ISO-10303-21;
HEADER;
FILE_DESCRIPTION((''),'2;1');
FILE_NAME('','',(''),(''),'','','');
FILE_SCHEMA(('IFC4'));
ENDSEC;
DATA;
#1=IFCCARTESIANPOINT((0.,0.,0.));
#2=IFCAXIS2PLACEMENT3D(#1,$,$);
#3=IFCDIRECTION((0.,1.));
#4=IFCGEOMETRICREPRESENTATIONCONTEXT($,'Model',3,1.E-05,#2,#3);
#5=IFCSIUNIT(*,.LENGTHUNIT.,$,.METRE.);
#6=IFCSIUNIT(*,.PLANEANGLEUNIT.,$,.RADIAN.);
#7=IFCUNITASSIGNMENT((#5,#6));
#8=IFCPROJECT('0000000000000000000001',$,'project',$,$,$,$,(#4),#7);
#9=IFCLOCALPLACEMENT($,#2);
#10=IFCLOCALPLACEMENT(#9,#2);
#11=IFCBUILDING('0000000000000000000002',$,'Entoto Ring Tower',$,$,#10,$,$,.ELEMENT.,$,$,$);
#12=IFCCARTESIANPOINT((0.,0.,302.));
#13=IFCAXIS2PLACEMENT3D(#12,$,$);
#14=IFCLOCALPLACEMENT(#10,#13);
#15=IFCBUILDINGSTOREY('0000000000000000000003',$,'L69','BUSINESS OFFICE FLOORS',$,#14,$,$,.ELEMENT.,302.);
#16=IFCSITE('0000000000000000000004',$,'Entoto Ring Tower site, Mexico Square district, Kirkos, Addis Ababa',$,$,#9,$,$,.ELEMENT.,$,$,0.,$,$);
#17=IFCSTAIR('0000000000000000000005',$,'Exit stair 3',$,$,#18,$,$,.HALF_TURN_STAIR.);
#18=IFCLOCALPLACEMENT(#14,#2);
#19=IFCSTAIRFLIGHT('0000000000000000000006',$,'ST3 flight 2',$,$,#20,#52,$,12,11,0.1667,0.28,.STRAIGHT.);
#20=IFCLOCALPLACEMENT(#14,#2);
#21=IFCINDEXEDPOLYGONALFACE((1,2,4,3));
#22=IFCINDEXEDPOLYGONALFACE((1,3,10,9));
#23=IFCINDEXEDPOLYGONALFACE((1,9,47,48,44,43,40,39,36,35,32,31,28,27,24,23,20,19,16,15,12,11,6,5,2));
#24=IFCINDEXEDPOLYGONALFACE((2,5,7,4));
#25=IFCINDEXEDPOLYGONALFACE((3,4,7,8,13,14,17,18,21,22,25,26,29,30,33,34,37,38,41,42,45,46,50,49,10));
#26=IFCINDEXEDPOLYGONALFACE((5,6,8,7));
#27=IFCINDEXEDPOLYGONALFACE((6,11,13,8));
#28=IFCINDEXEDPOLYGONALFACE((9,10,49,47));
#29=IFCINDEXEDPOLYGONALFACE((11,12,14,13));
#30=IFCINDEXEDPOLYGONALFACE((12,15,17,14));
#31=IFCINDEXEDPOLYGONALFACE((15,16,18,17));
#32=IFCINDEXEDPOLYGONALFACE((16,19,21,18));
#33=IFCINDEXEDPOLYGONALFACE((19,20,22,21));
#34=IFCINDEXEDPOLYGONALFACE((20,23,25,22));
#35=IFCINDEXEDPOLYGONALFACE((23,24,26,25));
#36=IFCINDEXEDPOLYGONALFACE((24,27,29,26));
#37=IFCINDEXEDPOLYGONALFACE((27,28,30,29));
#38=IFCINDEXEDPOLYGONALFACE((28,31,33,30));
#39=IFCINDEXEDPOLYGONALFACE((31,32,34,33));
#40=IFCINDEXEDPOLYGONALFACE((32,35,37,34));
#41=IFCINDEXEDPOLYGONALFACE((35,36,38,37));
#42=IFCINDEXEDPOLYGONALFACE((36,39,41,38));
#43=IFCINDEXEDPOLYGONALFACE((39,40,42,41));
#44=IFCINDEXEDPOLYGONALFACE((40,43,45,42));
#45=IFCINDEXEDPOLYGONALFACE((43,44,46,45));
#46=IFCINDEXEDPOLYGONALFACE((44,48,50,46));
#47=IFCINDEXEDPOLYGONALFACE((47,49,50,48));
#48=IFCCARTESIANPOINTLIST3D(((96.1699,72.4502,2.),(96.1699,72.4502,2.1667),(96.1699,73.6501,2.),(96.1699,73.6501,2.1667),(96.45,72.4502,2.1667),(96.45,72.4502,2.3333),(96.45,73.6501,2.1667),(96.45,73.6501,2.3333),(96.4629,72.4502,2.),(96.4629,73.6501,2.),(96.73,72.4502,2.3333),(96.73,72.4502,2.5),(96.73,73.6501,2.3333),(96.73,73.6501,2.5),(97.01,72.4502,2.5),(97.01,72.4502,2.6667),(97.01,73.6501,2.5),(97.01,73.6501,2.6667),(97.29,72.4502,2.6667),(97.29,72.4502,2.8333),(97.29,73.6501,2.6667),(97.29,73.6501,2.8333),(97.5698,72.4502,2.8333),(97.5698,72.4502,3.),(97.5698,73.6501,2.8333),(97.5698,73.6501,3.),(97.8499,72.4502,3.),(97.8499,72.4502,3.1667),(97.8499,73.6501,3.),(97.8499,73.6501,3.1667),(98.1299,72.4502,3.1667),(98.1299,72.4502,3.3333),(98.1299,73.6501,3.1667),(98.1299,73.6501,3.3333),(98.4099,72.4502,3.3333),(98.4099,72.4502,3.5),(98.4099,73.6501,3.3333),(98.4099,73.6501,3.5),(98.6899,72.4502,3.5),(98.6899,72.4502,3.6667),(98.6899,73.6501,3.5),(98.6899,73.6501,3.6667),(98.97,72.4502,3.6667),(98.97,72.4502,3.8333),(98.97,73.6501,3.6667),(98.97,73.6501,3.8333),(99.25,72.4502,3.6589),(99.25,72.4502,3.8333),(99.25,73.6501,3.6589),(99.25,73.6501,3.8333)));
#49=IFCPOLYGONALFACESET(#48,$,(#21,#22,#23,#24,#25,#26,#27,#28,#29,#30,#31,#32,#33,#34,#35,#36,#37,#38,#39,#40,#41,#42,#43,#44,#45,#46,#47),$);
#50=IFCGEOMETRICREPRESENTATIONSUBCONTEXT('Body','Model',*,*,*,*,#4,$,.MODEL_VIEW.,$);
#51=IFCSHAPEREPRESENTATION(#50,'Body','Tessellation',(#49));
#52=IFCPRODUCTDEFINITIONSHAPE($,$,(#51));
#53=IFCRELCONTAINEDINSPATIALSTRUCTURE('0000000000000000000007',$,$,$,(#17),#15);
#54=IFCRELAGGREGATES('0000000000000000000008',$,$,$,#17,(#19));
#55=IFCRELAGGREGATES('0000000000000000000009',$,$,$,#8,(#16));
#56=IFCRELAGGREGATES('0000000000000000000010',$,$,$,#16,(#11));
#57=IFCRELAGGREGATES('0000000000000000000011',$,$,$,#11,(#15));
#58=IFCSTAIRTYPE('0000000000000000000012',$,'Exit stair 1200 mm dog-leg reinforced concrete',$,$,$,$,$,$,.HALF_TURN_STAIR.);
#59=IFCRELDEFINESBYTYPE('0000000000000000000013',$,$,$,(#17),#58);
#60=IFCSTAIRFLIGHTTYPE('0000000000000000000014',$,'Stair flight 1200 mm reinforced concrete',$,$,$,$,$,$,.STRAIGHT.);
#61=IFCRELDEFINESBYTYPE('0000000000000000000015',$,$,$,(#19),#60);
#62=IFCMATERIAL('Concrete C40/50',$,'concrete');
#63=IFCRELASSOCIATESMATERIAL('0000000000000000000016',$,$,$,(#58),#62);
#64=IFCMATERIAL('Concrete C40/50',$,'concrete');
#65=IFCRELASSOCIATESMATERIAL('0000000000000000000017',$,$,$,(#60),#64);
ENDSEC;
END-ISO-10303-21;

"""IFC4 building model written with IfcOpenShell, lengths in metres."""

from ifc_helpers import new_model, si_unit, direction, frame, origin, place, context, subcontext, project, spatial, polyline, outline, extrude, material, type_object, element, aggregate, save


model = new_model("IFC4")

# Units and contexts
model_context = context("Model", 3, precision=1e-05, world=origin(), true_north=direction((0.0, 1.0)))
body_context = subcontext(model_context, "Body", "Model", "MODEL_VIEW")
ifc_project = project(units=[si_unit("LENGTHUNIT", "METRE"), si_unit("PLANEANGLEUNIT", "RADIAN")], contexts=[model_context])

# Site, building, storey
site_placement = place(None, origin())
site = spatial("IfcSite", under=ifc_project, at=site_placement, Name="Entoto Ring Tower site, Mexico Square district, Kirkos, Addis Ababa", CompositionType="ELEMENT", RefElevation=0.0)
building_placement = place(site_placement, origin())
building = spatial("IfcBuilding", under=site, at=building_placement, Name="Entoto Ring Tower", CompositionType="ELEMENT")
storey_placement = place(building_placement, frame((0.0, 0.0, 302.0)))
storey = spatial("IfcBuildingStorey", under=building, at=storey_placement, Name="L69", Description="BUSINESS OFFICE FLOORS", CompositionType="ELEMENT", Elevation=302.0)

# Stair, stair flight
ifc_material_1 = material(Name="Concrete C40/50", Category="concrete")
stair_type = type_object("IfcStairType", Name="Exit stair 1200 mm dog-leg reinforced concrete", PredefinedType="HALF_TURN_STAIR", material=ifc_material_1)
stair_placement = place(storey_placement, origin())
stair = element("IfcStair", 1, at=stair_placement, inside=storey, type_object=stair_type, Name="Exit stair 3", PredefinedType="HALF_TURN_STAIR")
ifc_material_2 = material(Name="Concrete C40/50", Category="concrete")
stair_flight_type = type_object("IfcStairFlightType", Name="Stair flight 1200 mm reinforced concrete", PredefinedType="STRAIGHT", material=ifc_material_2)
stair_flight_placement = place(storey_placement, frame((96.1699, 73.05, 2.0), z_axis=(0.0, 0.0, 1.0), x_axis=(1.0, 0.0, 0.0)))
stair_flight = element("IfcStairFlight", 2, at=stair_flight_placement, type_object=stair_flight_type, Name="ST3 flight 2", NumberOfRisers=12, NumberOfTreads=11, PredefinedType="STRAIGHT", RiserHeight=0.1667, TreadLength=0.28, context=body_context, shape_type="SweptSolid", body=[
    extrude(outline(polyline([(0.0, 0.0), (0.0, 0.1667), (0.28, 0.1667), (0.28, 0.3333), (0.5601, 0.3333), (0.5601, 0.5), (0.8401, 0.5), (0.8401, 0.6667), (1.1201, 0.6667), (1.1201, 0.8333), (1.3999, 0.8333), (1.3999, 1.0), (1.6799, 1.0), (1.6799, 1.1667), (1.96, 1.1667), (1.96, 1.3333), (2.24, 1.3333), (2.24, 1.5), (2.52, 1.5), (2.52, 1.6667), (2.8, 1.6667), (2.8, 1.8333), (3.0801, 1.8333), (3.0801, 2.0), (3.0801, 1.6589), (0.293, 0.0), (0.0, 0.0)])), frame((0.0, 0.6001, 0.0), z_axis=(0.0, -1.0, 0.0), x_axis=(1.0, 0.0, 0.0)), (0.0, 0.0, 1.0), 1.2),
])
aggregate(stair, [stair_flight])

save(model, "model.ifc")
